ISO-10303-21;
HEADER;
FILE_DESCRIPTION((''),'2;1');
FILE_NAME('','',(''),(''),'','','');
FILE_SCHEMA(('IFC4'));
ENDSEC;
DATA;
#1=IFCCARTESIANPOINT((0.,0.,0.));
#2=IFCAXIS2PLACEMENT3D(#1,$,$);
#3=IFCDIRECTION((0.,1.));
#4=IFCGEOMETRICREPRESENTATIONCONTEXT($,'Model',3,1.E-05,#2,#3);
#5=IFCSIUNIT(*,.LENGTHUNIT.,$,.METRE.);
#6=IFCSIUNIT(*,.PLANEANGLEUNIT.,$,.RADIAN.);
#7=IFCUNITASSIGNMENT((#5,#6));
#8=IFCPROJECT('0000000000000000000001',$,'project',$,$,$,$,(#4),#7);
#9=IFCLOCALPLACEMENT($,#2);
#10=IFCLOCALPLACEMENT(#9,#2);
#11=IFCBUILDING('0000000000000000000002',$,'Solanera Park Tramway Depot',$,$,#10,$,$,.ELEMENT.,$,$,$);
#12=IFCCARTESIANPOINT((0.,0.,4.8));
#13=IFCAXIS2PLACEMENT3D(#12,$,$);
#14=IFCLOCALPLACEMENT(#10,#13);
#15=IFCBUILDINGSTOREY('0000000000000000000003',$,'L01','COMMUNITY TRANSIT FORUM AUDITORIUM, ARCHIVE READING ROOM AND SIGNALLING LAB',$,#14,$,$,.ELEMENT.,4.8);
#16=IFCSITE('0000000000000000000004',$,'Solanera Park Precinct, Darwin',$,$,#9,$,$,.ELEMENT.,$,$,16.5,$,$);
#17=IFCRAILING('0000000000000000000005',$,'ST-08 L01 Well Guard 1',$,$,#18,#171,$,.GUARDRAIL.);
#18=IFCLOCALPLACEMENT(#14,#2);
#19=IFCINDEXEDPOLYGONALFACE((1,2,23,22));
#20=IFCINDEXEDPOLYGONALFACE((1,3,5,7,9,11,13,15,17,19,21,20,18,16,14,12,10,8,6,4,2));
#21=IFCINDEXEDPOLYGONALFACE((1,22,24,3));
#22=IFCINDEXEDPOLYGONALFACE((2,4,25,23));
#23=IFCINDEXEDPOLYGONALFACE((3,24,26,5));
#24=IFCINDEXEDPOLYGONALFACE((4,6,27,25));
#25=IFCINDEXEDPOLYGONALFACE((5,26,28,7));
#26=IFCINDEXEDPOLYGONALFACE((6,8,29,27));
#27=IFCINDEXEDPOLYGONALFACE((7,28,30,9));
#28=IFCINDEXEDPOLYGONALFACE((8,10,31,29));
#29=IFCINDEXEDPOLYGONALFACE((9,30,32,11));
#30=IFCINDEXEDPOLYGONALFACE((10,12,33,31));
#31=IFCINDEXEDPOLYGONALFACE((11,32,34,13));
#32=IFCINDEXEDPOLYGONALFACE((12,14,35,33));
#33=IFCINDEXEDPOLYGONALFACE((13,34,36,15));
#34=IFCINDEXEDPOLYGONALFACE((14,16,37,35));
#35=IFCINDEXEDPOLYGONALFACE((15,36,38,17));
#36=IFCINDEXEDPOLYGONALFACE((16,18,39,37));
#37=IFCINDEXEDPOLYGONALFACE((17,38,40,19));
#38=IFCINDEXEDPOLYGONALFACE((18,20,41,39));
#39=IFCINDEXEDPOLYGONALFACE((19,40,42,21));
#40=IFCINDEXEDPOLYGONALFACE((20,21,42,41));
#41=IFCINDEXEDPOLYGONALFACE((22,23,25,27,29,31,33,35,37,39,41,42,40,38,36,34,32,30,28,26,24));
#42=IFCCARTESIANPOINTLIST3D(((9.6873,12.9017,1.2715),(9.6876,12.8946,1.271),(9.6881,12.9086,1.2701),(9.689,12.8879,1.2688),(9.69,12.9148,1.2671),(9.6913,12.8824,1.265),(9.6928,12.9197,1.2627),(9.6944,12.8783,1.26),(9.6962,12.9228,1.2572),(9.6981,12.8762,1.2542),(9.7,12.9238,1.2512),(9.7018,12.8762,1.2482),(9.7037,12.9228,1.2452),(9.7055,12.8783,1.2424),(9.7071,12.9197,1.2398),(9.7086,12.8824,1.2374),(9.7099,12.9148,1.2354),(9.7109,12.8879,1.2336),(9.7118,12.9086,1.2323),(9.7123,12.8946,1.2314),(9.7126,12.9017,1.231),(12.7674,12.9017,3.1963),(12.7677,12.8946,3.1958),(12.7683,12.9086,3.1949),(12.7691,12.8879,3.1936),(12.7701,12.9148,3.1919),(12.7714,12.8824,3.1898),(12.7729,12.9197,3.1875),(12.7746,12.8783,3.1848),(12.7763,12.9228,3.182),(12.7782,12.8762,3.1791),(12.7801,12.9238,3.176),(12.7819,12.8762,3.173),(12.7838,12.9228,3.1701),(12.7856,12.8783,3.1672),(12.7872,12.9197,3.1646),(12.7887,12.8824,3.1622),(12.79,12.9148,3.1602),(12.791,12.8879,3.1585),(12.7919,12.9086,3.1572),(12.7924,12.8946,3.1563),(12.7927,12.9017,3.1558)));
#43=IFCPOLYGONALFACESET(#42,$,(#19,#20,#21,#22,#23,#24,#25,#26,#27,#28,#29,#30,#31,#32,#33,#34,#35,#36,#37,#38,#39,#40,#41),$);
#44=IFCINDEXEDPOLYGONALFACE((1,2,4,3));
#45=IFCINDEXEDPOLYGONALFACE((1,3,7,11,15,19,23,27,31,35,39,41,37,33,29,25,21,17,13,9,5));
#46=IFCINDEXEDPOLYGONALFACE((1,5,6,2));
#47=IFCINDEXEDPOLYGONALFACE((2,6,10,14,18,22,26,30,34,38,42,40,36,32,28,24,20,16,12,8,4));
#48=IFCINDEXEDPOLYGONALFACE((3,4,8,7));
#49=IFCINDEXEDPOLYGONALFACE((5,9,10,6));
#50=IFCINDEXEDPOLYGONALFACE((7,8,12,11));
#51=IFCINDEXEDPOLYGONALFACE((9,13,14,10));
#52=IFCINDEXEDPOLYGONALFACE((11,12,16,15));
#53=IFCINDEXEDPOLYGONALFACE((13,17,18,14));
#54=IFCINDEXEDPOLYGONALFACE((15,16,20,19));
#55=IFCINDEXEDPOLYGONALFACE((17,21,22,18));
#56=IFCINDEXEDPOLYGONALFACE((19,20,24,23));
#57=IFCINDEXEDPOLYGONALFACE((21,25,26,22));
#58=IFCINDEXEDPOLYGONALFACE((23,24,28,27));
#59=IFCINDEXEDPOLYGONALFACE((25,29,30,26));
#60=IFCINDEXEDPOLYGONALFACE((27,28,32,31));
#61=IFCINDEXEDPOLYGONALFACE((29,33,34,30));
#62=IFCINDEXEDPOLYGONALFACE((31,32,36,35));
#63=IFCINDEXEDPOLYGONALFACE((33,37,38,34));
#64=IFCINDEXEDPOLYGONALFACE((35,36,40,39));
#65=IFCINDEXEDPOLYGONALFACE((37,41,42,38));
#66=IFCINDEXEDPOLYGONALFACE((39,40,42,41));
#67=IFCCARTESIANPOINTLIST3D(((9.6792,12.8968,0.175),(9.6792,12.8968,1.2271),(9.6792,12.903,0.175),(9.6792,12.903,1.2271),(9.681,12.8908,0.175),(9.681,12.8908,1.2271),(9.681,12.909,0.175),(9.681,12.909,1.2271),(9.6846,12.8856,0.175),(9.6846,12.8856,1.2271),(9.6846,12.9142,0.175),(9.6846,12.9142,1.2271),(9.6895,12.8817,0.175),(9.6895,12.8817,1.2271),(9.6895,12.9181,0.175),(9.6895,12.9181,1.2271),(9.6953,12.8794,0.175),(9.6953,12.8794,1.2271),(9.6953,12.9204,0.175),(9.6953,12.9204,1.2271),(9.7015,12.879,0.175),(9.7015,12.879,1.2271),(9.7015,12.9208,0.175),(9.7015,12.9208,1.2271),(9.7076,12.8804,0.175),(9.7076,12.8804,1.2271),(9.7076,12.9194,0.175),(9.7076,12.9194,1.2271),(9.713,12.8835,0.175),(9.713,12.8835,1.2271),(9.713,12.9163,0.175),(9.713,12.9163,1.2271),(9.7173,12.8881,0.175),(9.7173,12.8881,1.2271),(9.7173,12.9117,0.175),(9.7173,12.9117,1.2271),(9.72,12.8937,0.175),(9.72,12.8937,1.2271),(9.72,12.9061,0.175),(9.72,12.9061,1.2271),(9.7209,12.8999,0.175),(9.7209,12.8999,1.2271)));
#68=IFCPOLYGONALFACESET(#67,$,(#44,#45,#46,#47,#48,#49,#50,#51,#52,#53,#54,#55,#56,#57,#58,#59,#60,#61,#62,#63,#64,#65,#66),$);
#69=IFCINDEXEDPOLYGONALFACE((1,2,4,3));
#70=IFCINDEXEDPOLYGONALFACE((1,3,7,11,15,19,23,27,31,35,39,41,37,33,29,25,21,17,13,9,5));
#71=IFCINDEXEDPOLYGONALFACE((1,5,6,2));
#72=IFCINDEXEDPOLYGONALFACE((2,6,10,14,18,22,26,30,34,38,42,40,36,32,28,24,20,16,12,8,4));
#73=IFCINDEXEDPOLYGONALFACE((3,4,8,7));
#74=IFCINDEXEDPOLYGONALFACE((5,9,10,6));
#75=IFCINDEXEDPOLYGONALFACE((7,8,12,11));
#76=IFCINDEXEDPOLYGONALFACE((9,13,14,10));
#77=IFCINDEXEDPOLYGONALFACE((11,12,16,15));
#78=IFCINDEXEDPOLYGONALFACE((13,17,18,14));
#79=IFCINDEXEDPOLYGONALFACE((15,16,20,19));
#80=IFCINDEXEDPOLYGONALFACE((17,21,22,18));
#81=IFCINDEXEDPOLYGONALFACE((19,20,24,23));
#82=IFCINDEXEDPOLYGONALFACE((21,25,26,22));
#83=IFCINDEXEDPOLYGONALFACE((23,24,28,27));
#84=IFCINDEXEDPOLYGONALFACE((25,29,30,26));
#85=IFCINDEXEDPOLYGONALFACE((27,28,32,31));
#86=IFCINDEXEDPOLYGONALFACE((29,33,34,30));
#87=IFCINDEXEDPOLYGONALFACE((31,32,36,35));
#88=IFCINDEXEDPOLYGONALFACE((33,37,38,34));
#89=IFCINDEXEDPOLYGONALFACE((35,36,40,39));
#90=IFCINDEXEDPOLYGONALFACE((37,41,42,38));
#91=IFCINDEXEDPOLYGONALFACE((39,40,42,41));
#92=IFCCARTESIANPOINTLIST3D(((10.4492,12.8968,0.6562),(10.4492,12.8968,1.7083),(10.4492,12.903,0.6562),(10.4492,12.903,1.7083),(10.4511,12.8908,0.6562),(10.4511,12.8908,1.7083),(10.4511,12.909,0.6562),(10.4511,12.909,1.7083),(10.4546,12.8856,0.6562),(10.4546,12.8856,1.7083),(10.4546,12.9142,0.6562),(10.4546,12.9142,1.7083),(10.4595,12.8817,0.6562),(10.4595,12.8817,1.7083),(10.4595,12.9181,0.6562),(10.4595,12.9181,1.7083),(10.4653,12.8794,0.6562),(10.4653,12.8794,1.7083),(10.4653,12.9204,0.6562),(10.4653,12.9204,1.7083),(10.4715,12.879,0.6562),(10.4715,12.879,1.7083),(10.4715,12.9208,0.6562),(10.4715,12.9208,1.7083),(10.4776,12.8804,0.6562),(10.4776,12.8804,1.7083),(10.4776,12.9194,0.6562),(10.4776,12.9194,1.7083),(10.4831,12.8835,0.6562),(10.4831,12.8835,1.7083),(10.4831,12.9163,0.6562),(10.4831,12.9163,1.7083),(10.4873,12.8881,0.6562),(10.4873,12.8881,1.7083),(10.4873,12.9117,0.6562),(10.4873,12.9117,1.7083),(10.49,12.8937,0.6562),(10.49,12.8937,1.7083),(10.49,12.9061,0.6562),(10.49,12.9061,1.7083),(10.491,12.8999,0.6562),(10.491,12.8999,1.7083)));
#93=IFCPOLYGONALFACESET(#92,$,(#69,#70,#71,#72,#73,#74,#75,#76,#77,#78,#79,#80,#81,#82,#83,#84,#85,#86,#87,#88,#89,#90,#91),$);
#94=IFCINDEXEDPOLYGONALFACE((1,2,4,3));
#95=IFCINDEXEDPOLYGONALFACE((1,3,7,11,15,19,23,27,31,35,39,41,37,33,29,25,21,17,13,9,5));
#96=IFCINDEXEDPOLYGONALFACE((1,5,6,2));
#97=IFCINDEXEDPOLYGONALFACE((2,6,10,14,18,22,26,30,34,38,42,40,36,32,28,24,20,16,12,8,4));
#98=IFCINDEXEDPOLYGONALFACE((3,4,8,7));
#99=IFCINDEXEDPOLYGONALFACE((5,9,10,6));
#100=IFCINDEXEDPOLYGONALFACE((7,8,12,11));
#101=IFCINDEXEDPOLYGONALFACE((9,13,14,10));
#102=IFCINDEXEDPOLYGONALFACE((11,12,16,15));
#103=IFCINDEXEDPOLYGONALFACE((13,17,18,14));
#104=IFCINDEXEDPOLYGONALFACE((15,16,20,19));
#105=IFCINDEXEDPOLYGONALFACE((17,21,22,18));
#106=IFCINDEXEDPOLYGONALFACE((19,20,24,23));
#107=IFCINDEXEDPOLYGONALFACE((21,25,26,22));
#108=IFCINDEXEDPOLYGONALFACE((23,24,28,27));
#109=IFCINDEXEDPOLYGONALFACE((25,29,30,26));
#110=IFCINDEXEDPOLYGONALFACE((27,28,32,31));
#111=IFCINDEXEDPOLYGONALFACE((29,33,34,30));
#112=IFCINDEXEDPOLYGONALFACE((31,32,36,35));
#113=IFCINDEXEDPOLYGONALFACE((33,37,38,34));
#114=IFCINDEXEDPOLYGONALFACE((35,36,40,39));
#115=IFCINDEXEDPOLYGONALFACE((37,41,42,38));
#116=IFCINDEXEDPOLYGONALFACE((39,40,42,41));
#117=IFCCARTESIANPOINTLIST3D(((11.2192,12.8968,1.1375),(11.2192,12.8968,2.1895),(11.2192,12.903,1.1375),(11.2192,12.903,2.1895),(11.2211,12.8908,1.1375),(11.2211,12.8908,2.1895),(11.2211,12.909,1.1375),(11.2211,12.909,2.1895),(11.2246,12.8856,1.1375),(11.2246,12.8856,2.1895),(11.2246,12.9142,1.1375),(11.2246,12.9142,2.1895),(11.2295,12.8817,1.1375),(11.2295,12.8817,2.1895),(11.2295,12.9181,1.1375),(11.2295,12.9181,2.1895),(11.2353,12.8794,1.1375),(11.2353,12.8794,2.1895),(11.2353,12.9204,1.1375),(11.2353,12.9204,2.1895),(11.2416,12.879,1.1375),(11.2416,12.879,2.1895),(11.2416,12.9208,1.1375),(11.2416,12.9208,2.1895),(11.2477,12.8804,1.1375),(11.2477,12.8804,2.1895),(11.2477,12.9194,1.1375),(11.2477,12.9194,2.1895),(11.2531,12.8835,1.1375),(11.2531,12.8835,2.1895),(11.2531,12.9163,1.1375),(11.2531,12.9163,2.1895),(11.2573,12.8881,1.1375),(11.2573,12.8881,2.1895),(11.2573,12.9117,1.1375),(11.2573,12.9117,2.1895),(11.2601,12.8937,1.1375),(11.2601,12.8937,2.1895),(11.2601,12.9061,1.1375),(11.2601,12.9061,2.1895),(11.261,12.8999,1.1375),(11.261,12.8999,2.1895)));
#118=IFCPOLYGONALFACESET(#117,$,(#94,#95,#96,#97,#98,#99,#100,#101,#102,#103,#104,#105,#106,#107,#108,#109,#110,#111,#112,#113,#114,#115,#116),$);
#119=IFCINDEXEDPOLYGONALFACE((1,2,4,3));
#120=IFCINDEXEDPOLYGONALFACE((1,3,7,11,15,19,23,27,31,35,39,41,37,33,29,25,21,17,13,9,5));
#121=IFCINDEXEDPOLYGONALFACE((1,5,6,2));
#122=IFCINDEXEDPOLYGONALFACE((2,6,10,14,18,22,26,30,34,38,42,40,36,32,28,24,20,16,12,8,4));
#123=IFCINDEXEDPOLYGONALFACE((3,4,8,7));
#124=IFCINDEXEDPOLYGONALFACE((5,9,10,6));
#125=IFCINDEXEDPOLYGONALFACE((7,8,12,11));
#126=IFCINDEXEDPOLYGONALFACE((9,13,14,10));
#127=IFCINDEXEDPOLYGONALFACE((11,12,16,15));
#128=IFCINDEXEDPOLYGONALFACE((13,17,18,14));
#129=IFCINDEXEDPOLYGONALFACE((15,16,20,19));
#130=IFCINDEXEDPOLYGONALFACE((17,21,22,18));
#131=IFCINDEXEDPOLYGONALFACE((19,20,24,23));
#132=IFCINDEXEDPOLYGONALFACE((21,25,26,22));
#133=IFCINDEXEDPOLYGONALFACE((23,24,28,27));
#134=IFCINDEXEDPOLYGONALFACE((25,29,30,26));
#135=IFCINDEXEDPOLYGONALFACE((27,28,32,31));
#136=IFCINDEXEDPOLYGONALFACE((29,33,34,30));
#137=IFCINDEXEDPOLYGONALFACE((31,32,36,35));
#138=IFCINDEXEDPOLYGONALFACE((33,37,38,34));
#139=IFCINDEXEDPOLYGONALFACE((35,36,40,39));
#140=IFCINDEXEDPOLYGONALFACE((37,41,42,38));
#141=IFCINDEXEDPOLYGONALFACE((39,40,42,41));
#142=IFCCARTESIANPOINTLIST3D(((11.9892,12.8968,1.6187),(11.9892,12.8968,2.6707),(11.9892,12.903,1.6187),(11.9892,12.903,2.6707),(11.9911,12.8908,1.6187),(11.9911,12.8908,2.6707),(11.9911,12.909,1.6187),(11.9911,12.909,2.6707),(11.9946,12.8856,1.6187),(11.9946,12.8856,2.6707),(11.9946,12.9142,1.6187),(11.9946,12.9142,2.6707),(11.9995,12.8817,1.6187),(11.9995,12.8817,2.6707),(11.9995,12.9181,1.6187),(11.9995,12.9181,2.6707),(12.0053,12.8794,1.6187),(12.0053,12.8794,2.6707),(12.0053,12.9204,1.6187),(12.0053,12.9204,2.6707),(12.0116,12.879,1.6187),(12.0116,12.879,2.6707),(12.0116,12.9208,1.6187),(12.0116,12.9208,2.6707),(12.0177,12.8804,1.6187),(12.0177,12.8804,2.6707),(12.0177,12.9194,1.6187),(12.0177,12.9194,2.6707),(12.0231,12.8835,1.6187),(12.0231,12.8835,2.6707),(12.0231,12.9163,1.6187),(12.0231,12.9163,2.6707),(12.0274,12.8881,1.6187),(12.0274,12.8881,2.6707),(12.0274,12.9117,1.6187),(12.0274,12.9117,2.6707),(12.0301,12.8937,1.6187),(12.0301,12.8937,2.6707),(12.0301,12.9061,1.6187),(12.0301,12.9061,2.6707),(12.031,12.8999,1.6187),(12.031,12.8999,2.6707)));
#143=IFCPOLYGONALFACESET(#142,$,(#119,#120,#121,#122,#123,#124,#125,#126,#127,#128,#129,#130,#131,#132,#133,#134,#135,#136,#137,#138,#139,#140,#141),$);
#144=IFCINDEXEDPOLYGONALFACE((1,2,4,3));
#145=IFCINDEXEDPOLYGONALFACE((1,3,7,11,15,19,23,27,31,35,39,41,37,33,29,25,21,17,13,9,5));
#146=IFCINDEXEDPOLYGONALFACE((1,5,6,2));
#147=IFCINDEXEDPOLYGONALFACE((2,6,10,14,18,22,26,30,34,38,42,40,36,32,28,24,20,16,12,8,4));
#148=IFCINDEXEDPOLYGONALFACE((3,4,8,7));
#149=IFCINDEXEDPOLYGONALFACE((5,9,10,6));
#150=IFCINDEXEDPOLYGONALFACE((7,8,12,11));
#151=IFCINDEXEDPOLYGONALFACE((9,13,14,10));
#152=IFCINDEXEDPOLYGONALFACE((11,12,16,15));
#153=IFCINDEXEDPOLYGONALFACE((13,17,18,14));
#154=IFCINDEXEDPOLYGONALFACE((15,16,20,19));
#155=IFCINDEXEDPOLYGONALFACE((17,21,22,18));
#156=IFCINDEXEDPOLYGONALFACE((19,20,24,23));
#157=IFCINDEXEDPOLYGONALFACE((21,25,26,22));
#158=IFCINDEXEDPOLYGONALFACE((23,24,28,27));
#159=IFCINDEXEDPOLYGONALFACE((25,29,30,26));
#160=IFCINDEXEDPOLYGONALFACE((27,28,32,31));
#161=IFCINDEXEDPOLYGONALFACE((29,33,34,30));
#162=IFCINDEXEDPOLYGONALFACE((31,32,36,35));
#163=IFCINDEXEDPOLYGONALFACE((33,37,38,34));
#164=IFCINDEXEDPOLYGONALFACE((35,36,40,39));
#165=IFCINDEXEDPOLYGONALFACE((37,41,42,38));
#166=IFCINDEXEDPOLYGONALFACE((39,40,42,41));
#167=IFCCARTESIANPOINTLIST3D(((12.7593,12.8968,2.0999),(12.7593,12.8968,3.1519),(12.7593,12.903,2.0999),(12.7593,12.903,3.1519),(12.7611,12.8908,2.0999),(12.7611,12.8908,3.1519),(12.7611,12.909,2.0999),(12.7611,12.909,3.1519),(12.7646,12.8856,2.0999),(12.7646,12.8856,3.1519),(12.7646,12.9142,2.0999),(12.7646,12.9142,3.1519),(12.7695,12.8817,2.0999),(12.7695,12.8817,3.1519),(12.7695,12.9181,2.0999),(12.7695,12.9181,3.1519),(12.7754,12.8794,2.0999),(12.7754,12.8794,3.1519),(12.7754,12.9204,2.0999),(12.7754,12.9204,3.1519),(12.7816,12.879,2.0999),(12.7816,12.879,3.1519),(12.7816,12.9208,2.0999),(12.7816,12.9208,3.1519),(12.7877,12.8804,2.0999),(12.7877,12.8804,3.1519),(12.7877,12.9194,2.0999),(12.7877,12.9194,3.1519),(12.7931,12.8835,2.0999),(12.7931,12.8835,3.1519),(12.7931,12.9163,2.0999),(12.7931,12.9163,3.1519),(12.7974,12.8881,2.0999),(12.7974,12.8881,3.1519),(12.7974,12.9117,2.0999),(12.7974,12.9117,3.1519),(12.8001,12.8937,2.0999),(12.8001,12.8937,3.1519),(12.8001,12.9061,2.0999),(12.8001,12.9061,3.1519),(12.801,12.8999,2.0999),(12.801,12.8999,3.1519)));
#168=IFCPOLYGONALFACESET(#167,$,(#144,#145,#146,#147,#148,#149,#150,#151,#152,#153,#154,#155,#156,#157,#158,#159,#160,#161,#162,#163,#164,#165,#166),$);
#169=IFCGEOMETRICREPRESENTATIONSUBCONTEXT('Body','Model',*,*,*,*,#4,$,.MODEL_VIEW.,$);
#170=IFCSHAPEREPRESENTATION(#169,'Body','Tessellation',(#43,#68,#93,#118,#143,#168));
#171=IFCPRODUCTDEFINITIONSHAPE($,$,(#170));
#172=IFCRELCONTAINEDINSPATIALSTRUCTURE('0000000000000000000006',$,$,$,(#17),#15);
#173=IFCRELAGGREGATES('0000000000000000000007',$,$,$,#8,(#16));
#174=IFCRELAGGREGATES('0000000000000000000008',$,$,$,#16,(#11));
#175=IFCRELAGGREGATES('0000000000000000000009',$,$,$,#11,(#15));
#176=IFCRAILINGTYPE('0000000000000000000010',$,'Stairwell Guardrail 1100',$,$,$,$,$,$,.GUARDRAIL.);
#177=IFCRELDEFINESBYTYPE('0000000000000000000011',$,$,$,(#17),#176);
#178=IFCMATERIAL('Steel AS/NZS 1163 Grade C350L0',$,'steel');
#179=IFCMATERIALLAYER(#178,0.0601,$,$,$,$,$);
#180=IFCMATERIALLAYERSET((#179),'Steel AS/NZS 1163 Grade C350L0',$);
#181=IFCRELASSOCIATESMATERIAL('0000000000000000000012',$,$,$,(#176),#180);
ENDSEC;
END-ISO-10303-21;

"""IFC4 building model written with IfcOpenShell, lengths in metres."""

from ifc_helpers import new_model, si_unit, direction, frame, origin, origin_2d, place, context, subcontext, project, spatial, circle, extrude, material, layer, layer_set, type_object, element, save


model = new_model("IFC4")

# Units and contexts
model_context = context("Model", 3, precision=1e-05, world=origin(), true_north=direction((0.0, 1.0)))
body_context = subcontext(model_context, "Body", "Model", "MODEL_VIEW")
ifc_project = project(units=[si_unit("LENGTHUNIT", "METRE"), si_unit("PLANEANGLEUNIT", "RADIAN")], contexts=[model_context])

# Site, building, storey
site_placement = place(None, origin())
site = spatial("IfcSite", under=ifc_project, at=site_placement, Name="Solanera Park Precinct, Darwin", CompositionType="ELEMENT", RefElevation=16.5)
building_placement = place(site_placement, origin())
building = spatial("IfcBuilding", under=site, at=building_placement, Name="Solanera Park Tramway Depot", CompositionType="ELEMENT")
storey_placement = place(building_placement, frame((0.0, 0.0, 4.8)))
storey = spatial("IfcBuildingStorey", under=building, at=storey_placement, Name="L01", Description="COMMUNITY TRANSIT FORUM AUDITORIUM, ARCHIVE READING ROOM AND SIGNALLING LAB", CompositionType="ELEMENT", Elevation=4.8)

# Railing
ifc_material_1 = material(Name="Steel AS/NZS 1163 Grade C350L0", Category="steel")
ifc_layer_1 = layer(ifc_material_1, 0.0601)
ifc_layer_set_1 = layer_set([ifc_layer_1], Name="Steel AS/NZS 1163 Grade C350L0")
railing_type = type_object("IfcRailingType", Name="Stairwell Guardrail 1100", PredefinedType="GUARDRAIL", material=ifc_layer_set_1)
railing_1_placement = place(storey_placement, frame((9.7, 12.8999, 0.175)))
element("IfcRailing", 1, at=railing_1_placement, inside=storey, type_object=railing_type, Name="ST-08 L01 Well Guard 1", PredefinedType="GUARDRAIL", context=body_context, shape_type="SweptSolid", body=[
    extrude(circle(Radius=0.0239, at=origin_2d()), frame((0.0, 0.0, 1.0762), z_axis=(0.848029, 0.0, 0.529951), x_axis=(0.0, 1.0, 0.0)), (0.0, 0.0, 1.0), 3.6321),
    extrude(circle(Radius=0.021, at=origin_2d()), origin(), (0.0, 0.0, 1.0), 1.052),
    extrude(circle(Radius=0.021, at=origin_2d()), frame((0.77, 0.0, 0.4812)), (0.0, 0.0, 1.0), 1.052),
    extrude(circle(Radius=0.021, at=origin_2d()), frame((1.54, 0.0, 0.9624)), (0.0, 0.0, 1.0), 1.052),
    extrude(circle(Radius=0.021, at=origin_2d()), frame((2.3101, 0.0, 1.4436)), (0.0, 0.0, 1.0), 1.052),
    extrude(circle(Radius=0.021, at=origin_2d()), frame((3.0801, 0.0, 1.9248)), (0.0, 0.0, 1.0), 1.052),
])

save(model, "model.ifc")
